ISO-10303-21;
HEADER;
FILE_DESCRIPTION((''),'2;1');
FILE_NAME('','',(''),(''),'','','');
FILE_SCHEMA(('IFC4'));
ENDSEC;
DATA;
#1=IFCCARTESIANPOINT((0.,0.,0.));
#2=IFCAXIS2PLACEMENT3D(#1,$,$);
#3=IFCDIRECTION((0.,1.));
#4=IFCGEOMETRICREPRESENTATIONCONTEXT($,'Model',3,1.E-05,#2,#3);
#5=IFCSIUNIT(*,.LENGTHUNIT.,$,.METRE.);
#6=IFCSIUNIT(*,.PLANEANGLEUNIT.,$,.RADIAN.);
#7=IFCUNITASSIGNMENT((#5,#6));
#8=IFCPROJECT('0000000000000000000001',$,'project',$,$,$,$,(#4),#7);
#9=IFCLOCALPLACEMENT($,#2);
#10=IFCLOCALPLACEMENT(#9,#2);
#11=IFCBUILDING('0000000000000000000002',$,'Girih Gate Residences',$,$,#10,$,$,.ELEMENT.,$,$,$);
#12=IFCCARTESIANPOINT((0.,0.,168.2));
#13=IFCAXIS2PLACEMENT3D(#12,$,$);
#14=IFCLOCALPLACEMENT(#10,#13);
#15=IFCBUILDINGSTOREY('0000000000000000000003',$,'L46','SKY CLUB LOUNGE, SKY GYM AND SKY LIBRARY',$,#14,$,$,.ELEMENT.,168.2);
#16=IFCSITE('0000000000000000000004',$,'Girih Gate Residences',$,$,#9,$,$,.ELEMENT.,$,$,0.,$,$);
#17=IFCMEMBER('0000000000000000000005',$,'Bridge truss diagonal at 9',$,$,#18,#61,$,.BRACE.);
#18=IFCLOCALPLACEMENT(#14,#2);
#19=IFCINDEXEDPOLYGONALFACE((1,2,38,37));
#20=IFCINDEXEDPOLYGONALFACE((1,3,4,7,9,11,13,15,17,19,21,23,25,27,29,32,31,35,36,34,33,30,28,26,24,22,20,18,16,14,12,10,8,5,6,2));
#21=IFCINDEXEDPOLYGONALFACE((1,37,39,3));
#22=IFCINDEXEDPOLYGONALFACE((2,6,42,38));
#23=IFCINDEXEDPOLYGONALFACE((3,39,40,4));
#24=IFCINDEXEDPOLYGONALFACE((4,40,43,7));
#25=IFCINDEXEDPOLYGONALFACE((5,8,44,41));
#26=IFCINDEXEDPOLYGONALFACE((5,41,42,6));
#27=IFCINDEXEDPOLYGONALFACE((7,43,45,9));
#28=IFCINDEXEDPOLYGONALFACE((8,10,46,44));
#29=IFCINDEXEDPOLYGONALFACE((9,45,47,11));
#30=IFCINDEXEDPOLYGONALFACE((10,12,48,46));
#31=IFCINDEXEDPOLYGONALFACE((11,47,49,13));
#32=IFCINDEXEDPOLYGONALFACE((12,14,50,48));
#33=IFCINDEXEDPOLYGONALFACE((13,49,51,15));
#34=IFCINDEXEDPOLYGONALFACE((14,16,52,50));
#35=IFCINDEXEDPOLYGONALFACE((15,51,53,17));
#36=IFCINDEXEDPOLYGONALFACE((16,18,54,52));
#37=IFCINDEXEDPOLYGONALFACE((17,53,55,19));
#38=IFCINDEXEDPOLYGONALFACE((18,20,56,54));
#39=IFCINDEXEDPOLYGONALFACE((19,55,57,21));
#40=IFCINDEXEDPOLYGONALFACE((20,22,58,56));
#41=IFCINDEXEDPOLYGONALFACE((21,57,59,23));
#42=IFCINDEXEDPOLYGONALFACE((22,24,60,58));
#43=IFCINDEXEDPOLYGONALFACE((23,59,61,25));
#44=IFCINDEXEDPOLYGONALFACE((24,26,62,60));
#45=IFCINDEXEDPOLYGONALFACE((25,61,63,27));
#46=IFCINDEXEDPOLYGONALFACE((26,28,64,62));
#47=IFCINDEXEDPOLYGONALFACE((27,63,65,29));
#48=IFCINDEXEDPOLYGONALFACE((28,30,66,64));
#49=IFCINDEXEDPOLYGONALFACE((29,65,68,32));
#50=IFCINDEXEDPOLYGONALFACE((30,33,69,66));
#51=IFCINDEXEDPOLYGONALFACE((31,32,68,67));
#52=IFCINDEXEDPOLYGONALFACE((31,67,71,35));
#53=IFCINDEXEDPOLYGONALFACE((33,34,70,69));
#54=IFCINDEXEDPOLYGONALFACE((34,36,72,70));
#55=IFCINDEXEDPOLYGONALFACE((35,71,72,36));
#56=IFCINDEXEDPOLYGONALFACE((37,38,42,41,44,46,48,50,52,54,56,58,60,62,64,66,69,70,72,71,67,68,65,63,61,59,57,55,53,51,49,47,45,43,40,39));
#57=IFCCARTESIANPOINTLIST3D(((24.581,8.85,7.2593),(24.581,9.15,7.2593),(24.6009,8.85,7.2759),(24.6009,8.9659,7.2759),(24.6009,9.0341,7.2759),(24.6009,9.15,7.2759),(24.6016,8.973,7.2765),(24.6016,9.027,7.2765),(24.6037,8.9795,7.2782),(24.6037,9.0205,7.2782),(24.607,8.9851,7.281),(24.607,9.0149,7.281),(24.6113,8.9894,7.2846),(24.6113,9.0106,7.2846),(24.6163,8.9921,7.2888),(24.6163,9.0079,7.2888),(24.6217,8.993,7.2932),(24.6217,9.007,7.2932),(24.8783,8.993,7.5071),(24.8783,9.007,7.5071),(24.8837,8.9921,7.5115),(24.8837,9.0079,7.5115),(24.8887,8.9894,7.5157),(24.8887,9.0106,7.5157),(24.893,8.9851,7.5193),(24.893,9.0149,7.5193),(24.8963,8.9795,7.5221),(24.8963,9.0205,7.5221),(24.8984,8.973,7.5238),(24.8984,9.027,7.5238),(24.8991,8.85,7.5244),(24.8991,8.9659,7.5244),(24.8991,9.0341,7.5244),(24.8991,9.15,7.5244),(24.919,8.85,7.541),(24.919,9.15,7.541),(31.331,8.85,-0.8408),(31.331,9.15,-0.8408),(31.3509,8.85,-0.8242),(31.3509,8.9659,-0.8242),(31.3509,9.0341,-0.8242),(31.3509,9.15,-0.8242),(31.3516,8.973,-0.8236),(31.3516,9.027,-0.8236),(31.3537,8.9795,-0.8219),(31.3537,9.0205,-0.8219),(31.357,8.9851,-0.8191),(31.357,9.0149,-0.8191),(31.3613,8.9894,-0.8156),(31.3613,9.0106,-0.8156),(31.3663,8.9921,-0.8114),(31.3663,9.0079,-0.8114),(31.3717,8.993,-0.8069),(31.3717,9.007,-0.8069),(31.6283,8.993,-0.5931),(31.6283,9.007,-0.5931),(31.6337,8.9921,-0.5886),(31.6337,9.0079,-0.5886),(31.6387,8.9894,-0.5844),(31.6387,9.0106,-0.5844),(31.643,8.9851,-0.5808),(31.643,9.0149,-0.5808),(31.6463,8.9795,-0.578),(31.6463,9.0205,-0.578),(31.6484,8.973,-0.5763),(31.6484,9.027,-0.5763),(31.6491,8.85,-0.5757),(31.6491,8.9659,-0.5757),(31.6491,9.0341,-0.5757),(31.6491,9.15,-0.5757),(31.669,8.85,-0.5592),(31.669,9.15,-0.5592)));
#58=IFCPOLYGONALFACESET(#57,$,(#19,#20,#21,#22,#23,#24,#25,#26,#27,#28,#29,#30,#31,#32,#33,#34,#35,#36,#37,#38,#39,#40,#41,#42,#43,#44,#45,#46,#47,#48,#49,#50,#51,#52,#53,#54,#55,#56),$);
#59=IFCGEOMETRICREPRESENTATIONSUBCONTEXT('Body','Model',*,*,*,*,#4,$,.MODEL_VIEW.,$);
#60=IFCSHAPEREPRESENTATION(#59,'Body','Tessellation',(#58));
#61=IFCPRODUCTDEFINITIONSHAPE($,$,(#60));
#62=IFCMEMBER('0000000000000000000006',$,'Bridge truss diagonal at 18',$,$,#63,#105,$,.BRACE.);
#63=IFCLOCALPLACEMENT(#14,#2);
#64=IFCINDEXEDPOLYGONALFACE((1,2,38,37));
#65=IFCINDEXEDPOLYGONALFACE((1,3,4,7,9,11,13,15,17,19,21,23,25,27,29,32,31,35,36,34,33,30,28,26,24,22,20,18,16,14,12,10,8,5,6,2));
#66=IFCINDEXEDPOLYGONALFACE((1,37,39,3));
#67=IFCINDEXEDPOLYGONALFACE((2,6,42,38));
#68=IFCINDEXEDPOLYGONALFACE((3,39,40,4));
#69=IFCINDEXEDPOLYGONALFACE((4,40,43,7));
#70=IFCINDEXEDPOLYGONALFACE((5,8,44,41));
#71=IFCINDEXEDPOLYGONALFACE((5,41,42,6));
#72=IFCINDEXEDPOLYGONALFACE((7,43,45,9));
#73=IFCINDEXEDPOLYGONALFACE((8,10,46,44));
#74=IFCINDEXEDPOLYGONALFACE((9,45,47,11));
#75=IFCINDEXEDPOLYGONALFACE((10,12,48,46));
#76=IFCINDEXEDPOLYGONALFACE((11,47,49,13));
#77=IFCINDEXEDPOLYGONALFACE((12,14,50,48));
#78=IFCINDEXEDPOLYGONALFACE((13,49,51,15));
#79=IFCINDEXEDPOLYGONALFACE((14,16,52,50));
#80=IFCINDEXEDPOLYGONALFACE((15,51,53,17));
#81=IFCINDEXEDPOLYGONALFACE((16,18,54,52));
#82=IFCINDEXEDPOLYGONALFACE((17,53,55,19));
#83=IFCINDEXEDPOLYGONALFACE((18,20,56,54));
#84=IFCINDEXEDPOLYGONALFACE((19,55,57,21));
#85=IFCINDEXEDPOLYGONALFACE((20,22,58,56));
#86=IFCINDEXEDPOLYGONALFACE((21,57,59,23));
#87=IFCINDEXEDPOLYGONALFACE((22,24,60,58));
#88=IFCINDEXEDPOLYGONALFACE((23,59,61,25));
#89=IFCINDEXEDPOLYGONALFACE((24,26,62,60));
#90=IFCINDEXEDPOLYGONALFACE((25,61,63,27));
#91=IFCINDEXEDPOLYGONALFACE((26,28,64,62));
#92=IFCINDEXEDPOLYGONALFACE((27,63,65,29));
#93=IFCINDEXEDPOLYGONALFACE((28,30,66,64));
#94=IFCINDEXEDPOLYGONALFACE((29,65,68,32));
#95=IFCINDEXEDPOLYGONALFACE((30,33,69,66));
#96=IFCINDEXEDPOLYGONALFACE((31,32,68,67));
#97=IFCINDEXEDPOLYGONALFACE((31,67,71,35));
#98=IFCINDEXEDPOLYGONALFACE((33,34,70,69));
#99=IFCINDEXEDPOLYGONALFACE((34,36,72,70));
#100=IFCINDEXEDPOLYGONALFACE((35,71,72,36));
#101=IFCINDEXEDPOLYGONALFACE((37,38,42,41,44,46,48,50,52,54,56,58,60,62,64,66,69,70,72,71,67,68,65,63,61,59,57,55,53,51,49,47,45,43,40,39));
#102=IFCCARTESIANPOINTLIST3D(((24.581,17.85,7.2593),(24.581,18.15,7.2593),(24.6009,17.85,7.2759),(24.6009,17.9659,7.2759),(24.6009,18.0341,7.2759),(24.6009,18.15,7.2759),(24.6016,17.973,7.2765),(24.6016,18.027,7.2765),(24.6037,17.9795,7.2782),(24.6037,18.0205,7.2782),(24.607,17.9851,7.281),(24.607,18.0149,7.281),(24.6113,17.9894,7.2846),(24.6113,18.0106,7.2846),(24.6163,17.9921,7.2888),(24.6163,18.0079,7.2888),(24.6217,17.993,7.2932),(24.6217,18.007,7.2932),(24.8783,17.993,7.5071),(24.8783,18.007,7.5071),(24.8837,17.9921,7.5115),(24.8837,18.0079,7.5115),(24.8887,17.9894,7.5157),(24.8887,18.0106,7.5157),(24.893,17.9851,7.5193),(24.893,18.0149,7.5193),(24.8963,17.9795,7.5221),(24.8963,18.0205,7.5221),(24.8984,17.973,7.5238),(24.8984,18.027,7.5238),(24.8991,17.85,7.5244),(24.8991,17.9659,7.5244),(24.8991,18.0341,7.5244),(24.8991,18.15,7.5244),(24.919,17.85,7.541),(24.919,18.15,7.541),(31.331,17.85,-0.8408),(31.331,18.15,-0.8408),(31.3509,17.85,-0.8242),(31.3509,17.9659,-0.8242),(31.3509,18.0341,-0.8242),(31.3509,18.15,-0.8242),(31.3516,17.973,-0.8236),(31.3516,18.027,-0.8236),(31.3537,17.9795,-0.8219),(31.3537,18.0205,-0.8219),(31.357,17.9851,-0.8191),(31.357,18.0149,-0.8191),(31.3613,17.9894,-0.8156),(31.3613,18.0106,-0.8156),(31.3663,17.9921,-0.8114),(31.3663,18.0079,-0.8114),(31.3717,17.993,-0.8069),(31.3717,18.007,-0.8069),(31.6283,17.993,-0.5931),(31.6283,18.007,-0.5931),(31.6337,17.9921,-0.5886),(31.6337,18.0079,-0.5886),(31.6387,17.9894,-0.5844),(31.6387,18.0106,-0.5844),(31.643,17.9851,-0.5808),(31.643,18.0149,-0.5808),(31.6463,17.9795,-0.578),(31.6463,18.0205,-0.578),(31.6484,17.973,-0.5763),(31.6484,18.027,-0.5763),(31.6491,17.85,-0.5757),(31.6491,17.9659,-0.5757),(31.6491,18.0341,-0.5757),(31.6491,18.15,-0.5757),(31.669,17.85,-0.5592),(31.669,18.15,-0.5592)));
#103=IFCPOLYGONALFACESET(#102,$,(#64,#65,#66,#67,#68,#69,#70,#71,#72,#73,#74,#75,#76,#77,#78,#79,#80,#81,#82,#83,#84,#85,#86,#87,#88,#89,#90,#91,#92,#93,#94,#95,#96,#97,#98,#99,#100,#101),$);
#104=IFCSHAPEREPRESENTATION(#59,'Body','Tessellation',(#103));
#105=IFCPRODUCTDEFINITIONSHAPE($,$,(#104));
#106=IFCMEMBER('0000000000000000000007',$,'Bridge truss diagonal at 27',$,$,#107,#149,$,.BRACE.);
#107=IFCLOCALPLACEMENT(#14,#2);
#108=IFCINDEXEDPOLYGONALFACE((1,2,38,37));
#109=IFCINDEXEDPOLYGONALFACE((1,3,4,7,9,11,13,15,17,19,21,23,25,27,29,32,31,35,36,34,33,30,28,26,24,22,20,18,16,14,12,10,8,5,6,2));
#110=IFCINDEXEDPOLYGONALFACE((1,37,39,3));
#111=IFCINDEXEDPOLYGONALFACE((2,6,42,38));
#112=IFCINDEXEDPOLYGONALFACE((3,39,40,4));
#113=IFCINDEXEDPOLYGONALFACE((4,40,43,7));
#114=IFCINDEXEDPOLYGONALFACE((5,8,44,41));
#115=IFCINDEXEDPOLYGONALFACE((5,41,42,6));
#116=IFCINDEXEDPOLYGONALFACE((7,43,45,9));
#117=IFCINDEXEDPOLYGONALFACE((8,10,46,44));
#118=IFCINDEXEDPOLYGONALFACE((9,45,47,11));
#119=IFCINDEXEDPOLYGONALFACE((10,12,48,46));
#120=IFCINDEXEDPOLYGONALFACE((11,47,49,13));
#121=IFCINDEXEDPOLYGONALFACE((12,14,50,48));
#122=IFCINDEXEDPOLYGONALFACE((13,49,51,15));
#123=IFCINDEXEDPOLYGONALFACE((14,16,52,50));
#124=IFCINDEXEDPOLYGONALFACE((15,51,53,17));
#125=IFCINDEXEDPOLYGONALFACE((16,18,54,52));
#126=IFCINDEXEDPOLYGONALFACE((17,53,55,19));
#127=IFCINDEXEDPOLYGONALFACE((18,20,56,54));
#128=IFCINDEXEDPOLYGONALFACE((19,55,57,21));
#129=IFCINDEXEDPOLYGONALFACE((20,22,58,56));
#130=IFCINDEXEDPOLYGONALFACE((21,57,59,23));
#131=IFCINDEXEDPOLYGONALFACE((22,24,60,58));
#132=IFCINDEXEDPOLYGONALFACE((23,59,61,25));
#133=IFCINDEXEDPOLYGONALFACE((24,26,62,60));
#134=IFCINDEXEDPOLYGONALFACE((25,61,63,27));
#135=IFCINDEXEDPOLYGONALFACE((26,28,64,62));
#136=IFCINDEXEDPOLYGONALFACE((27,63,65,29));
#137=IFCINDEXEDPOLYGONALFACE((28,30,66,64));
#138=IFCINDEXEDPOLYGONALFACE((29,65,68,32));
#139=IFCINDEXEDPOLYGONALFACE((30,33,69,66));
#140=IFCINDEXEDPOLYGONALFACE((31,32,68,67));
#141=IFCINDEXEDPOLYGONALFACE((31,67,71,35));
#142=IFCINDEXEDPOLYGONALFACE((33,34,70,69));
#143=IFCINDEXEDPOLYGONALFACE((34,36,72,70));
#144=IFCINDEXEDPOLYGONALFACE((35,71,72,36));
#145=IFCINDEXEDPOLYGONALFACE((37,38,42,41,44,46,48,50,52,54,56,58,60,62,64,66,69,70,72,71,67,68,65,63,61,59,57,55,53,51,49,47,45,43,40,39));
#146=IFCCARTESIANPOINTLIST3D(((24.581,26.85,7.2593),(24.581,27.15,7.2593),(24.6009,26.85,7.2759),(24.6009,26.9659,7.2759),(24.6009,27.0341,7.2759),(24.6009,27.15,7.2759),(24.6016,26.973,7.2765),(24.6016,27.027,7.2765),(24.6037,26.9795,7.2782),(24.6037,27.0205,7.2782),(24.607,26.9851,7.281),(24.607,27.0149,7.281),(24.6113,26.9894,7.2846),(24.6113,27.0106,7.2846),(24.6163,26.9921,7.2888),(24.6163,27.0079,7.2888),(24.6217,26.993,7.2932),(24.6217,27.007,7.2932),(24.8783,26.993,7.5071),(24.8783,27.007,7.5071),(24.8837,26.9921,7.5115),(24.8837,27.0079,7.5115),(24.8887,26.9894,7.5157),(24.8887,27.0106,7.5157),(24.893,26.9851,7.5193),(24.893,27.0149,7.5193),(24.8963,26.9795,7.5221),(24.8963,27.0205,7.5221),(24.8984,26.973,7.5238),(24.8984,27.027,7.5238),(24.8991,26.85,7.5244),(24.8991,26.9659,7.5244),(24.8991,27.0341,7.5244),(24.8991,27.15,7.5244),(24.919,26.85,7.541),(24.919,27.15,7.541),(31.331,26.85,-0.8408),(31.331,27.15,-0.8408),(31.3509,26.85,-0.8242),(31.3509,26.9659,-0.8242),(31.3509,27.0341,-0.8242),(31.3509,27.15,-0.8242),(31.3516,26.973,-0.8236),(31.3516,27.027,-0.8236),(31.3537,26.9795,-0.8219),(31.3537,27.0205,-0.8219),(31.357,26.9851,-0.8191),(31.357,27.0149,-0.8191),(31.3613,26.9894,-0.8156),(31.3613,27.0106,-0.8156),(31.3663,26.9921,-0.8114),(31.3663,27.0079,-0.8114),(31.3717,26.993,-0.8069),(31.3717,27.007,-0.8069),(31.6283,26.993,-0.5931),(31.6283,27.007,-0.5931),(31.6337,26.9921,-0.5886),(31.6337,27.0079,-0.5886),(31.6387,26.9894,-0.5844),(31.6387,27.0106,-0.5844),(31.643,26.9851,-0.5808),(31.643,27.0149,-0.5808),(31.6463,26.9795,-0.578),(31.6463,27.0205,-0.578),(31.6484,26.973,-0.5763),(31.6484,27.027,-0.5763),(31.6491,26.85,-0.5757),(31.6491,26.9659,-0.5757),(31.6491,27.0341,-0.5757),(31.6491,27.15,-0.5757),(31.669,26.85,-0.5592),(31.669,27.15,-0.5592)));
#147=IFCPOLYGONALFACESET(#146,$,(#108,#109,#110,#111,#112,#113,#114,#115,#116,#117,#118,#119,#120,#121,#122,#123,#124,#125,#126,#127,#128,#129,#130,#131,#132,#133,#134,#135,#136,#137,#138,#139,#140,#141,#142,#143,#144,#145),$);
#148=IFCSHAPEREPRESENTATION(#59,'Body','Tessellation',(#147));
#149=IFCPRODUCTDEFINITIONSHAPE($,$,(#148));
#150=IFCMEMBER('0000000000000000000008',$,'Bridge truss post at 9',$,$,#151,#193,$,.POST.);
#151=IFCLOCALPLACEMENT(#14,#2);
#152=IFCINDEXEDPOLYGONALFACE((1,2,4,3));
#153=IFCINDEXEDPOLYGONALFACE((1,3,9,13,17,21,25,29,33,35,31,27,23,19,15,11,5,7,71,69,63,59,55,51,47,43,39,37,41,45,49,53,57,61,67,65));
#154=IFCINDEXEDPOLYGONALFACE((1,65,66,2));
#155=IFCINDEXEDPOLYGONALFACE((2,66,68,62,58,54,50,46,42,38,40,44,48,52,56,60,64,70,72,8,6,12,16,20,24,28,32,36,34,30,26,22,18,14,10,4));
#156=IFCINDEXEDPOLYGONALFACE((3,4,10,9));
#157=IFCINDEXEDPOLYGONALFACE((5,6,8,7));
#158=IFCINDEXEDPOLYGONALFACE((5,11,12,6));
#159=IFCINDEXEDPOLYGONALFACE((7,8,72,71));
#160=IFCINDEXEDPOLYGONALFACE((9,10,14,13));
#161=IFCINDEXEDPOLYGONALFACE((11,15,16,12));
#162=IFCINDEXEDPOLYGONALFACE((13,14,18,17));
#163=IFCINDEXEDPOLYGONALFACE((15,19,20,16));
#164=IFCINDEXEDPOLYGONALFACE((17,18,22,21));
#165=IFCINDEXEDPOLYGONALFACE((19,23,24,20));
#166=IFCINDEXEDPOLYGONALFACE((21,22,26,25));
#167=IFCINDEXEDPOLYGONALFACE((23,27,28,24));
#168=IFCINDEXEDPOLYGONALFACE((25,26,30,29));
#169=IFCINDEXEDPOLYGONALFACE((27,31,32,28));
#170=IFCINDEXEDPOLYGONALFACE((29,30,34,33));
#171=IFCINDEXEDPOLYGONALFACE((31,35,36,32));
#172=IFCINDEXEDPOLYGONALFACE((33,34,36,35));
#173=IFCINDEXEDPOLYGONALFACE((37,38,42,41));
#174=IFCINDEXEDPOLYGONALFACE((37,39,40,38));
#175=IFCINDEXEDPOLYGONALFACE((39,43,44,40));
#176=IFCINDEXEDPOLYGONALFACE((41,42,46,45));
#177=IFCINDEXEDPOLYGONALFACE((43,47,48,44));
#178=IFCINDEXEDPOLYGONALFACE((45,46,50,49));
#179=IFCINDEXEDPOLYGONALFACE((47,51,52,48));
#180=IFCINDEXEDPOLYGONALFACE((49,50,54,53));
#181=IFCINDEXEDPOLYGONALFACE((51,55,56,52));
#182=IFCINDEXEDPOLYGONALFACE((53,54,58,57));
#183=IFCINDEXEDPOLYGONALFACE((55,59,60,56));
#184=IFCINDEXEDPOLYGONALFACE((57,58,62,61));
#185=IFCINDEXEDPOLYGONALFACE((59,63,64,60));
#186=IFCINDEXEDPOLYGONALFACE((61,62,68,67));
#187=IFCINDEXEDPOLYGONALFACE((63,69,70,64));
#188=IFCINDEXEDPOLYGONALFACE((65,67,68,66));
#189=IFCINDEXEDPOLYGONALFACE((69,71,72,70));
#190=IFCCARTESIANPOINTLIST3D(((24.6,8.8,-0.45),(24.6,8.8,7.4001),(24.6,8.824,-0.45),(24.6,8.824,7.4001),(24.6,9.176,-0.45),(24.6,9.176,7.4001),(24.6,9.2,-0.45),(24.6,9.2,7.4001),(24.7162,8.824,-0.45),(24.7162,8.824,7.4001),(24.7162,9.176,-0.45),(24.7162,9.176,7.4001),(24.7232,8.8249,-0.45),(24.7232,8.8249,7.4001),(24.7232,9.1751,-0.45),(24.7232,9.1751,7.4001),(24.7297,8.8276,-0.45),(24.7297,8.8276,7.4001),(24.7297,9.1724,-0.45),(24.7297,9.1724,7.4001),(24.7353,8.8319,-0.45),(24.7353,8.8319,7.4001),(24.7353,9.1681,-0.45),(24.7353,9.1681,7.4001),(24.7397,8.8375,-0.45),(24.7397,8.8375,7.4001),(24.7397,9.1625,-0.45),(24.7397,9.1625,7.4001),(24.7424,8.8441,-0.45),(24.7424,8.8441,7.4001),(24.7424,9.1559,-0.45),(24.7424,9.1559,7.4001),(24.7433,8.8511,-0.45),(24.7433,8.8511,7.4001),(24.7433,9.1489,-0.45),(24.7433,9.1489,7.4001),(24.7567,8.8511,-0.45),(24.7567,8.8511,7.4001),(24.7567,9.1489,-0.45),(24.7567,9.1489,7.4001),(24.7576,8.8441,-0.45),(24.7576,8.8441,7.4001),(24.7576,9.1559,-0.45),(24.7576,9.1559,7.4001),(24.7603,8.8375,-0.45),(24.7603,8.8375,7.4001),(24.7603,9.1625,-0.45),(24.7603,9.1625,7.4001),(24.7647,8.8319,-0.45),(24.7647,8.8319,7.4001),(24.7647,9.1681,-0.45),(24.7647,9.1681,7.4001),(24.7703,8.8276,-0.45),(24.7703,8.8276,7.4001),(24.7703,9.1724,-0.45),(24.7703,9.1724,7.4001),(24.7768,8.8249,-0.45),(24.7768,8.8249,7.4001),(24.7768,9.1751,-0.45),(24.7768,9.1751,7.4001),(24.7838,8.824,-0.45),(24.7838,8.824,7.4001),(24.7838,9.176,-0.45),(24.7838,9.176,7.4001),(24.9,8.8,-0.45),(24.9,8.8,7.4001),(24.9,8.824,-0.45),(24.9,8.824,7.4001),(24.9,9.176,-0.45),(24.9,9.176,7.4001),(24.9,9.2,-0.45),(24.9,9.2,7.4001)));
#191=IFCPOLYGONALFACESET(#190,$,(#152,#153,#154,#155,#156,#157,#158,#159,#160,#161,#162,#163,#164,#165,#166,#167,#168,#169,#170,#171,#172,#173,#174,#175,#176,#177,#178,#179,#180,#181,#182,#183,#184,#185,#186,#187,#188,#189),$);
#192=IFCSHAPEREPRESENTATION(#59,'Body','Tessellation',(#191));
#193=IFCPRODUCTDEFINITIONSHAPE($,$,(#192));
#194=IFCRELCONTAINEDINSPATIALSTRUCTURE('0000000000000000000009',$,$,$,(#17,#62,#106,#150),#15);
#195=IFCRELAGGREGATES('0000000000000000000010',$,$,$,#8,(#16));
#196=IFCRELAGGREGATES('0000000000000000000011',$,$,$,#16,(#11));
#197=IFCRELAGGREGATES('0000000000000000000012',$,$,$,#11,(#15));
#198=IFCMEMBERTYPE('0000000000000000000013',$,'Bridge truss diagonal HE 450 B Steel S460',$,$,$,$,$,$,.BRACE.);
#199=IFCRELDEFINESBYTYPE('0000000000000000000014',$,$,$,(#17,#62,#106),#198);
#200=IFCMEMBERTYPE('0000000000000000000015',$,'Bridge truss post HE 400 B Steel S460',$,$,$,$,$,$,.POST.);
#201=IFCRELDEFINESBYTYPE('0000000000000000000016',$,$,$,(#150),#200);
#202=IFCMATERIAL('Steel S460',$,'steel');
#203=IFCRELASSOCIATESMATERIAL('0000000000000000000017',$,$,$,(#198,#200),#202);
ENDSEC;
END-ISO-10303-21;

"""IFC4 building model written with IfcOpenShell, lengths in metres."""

from ifc_helpers import new_model, si_unit, direction, frame, origin, origin_2d, place, context, subcontext, project, spatial, i_section, extrude, material, material_profile, profile_set, type_object, element, save


model = new_model("IFC4")

# Units and contexts
model_context = context("Model", 3, precision=1e-05, world=origin(), true_north=direction((0.0, 1.0)))
body_context = subcontext(model_context, "Body", "Model", "MODEL_VIEW")
ifc_project = project(units=[si_unit("LENGTHUNIT", "METRE"), si_unit("PLANEANGLEUNIT", "RADIAN")], contexts=[model_context])

# Site, building, storey
site_placement = place(None, origin())
site = spatial("IfcSite", under=ifc_project, at=site_placement, Name="Girih Gate Residences", CompositionType="ELEMENT", RefElevation=0.0)
building_placement = place(site_placement, origin())
building = spatial("IfcBuilding", under=site, at=building_placement, Name="Girih Gate Residences", CompositionType="ELEMENT")
storey_placement = place(building_placement, frame((0.0, 0.0, 168.2)))
storey = spatial("IfcBuildingStorey", under=building, at=storey_placement, Name="L46", Description="SKY CLUB LOUNGE, SKY GYM AND SKY LIBRARY", CompositionType="ELEMENT", Elevation=168.2)

# Members
ifc_material_1 = material(Name="Steel S460", Category="steel")
ifc_material_profile_1 = material_profile(ifc_material_1, i_section(OverallWidth=0.3, OverallDepth=0.4399, WebThickness=0.0139, FlangeThickness=0.0259, FilletRadius=0.0271, at=origin_2d()))
ifc_profile_set_1 = profile_set([ifc_material_profile_1], Name="Steel S460")
member_type_1 = type_object("IfcMemberType", Name="Bridge truss diagonal HE 450 B Steel S460", PredefinedType="BRACE", material=ifc_profile_set_1)
for number, where, z_axis, x_axis, name in (
    (1, (24.75, 9.0, 7.4001), (0.64018, 0.0, -0.768225), (0.0, 1.0, 0.0), "Bridge truss diagonal at 9"),
    (2, (24.75, 18.0, 7.4001), (0.64018, 0.0, -0.768225), (0.0, 1.0, 0.0), "Bridge truss diagonal at 18"),
    (3, (24.75, 27.0, 7.4001), (0.64018, 0.0, -0.768225), (0.0, 1.0, 0.0), "Bridge truss diagonal at 27"),
):
    element("IfcMember", number, at=place(storey_placement, frame(where, z_axis=z_axis, x_axis=x_axis)), inside=storey, type_object=member_type_1, Name=name, PredefinedType="BRACE", context=body_context, shape_type="SweptSolid", body=[
        extrude(i_section(OverallWidth=0.3, OverallDepth=0.4399, WebThickness=0.0139, FlangeThickness=0.0259, FilletRadius=0.0271, at=origin_2d()), origin(), (0.0, 0.0, 1.0), 10.5439),
    ])
ifc_material_profile_2 = material_profile(ifc_material_1, i_section(OverallWidth=0.3, OverallDepth=0.3999, WebThickness=0.0134, FlangeThickness=0.0239, FilletRadius=0.0271, at=origin_2d()))
ifc_profile_set_2 = profile_set([ifc_material_profile_2], Name="Steel S460")
member_type_2 = type_object("IfcMemberType", Name="Bridge truss post HE 400 B Steel S460", PredefinedType="POST", material=ifc_profile_set_2)
for number, where, z_axis, x_axis, name in (
    (4, (24.75, 9.0, -0.45), (0.0, 0.0, 1.0), (1.0, 0.0, 0.0), "Bridge truss post at 9"),
):
    element("IfcMember", number, at=place(storey_placement, frame(where, z_axis=z_axis, x_axis=x_axis)), inside=storey, type_object=member_type_2, Name=name, PredefinedType="POST", context=body_context, shape_type="SweptSolid", body=[
        extrude(i_section(OverallWidth=0.3, OverallDepth=0.3999, WebThickness=0.0134, FlangeThickness=0.0239, FilletRadius=0.0271, at=origin_2d()), origin(), (0.0, 0.0, 1.0), 7.8501),
    ])

save(model, "model.ifc")
